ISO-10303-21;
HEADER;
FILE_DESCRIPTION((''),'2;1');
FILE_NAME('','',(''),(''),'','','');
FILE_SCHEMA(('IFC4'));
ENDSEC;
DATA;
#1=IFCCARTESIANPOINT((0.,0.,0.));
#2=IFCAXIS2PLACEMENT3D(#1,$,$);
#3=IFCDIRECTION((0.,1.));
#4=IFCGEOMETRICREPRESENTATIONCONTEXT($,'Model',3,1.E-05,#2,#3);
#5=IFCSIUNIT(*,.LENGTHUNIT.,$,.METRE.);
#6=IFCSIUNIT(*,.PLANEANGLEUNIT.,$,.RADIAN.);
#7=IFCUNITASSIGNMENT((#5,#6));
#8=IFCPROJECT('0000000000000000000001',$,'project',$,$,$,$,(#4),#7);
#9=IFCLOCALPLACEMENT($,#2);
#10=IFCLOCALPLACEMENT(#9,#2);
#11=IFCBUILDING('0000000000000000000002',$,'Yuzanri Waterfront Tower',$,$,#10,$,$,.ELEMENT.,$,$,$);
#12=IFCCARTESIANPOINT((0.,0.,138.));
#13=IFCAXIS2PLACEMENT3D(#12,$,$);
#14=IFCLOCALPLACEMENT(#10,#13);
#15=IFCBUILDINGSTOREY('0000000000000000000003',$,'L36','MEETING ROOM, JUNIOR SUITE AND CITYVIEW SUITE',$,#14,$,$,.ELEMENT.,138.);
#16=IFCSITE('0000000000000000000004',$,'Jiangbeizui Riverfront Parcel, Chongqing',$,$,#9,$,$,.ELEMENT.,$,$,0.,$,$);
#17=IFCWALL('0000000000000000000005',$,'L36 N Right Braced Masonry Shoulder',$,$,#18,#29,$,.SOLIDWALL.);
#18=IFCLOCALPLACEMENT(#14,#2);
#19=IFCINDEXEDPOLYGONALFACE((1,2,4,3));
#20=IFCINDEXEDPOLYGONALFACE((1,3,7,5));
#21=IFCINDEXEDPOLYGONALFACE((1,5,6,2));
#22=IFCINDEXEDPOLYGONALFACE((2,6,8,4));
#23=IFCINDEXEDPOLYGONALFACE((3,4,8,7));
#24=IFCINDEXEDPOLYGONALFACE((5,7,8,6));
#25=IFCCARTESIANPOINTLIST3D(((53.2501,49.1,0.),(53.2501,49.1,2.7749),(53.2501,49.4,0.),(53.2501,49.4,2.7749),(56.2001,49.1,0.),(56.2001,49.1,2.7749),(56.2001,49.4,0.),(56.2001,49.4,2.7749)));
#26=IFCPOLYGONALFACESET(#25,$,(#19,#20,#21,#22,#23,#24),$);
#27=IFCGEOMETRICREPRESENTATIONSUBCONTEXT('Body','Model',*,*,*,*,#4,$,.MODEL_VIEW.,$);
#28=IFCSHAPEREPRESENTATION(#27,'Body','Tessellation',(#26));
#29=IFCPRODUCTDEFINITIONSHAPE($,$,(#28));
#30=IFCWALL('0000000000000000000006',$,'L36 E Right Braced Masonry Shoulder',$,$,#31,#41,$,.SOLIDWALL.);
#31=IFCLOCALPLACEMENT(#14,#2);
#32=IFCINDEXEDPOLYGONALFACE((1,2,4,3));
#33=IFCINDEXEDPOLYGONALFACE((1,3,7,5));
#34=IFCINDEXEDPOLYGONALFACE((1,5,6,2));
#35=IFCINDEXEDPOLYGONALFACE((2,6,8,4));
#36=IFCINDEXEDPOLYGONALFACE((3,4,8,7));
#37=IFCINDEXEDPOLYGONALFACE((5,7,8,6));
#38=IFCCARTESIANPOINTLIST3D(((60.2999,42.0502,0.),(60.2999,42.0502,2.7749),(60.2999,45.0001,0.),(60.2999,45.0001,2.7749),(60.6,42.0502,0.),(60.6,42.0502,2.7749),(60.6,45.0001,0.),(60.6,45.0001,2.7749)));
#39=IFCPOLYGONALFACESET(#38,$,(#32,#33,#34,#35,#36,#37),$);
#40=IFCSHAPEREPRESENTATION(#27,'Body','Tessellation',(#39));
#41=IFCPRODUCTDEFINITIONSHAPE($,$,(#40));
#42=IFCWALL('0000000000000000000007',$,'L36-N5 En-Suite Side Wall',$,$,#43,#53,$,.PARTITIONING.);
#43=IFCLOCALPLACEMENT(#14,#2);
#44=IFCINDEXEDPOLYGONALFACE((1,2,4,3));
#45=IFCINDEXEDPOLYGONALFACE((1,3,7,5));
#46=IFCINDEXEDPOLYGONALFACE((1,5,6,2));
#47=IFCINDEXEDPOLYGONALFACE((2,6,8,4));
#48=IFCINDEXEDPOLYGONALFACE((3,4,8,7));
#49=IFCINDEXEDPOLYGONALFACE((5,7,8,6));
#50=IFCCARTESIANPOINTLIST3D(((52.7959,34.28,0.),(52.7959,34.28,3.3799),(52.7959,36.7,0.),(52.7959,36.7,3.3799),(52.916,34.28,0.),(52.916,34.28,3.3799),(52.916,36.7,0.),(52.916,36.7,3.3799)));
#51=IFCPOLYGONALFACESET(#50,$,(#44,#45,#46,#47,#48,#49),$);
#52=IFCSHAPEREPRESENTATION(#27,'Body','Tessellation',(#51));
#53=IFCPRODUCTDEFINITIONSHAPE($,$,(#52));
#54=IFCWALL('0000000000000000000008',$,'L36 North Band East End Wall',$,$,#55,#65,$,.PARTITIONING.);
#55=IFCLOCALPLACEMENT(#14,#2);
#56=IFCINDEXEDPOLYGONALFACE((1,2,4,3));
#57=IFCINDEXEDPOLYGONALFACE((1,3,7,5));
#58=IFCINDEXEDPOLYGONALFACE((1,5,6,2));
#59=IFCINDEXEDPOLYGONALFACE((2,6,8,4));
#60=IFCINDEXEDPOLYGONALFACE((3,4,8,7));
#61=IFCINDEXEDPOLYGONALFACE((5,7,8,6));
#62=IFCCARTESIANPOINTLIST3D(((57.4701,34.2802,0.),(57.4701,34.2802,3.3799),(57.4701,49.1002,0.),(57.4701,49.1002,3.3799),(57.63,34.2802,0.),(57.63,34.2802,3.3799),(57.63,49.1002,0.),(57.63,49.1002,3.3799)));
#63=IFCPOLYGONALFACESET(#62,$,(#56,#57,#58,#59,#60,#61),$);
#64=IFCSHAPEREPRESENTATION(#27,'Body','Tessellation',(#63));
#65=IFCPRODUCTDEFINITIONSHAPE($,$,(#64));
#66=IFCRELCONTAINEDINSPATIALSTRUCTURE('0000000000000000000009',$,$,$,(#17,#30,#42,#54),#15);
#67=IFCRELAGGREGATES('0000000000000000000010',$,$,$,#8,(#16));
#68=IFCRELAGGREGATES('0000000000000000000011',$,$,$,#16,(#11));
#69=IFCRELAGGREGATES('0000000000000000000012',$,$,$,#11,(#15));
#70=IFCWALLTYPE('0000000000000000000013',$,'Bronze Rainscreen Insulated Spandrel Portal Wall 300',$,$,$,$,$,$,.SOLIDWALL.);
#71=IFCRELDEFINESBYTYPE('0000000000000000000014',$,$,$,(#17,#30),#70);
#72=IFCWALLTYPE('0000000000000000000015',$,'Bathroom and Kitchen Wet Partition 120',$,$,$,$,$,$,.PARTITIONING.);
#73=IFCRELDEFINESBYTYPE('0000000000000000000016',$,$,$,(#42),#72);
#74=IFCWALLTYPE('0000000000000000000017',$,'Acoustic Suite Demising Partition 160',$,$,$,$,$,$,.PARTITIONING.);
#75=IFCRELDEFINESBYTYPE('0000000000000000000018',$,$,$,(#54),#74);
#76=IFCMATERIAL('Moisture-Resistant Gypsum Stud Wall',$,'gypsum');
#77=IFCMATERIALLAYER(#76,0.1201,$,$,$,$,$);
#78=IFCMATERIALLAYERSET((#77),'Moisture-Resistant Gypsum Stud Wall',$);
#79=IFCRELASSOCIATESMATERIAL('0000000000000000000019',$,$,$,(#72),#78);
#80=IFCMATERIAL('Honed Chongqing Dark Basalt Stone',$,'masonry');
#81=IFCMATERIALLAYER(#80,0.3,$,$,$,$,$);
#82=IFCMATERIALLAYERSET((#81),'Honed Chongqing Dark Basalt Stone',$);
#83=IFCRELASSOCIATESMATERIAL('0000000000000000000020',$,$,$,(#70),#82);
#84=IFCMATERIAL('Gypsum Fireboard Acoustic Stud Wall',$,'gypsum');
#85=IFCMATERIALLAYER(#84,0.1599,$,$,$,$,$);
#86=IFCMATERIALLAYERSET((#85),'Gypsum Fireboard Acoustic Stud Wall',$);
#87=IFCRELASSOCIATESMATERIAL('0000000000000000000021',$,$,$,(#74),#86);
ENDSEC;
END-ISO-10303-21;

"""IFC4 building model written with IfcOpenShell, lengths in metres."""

from ifc_helpers import new_model, si_unit, direction, frame, frame_2d, origin, place, context, subcontext, project, spatial, rectangle, extrude, source, transform, mapped, material, layer, layer_set, type_object, element, save


model = new_model("IFC4")

# Units and contexts
model_context = context("Model", 3, precision=1e-05, world=origin(), true_north=direction((0.0, 1.0)))
body_context = subcontext(model_context, "Body", "Model", "MODEL_VIEW")
ifc_project = project(units=[si_unit("LENGTHUNIT", "METRE"), si_unit("PLANEANGLEUNIT", "RADIAN")], contexts=[model_context])

# Site, building, storey
site_placement = place(None, origin())
site = spatial("IfcSite", under=ifc_project, at=site_placement, Name="Jiangbeizui Riverfront Parcel, Chongqing", CompositionType="ELEMENT", RefElevation=0.0)
building_placement = place(site_placement, origin())
building = spatial("IfcBuilding", under=site, at=building_placement, Name="Yuzanri Waterfront Tower", CompositionType="ELEMENT")
storey_placement = place(building_placement, frame((0.0, 0.0, 138.0)))
storey = spatial("IfcBuildingStorey", under=building, at=storey_placement, Name="L36", Description="MEETING ROOM, JUNIOR SUITE AND CITYVIEW SUITE", CompositionType="ELEMENT", Elevation=138.0)

# Shared definitions
ifc_material_1 = material(Name="Moisture-Resistant Gypsum Stud Wall", Category="gypsum")
ifc_layer_1 = layer(ifc_material_1, 0.1201)
ifc_layer_set_1 = layer_set([ifc_layer_1], Name="Moisture-Resistant Gypsum Stud Wall")
wall_type_1 = type_object("IfcWallType", Name="Bathroom and Kitchen Wet Partition 120", PredefinedType="PARTITIONING", material=ifc_layer_set_1)

# Shared definitions
ifc_material_2 = material(Name="Honed Chongqing Dark Basalt Stone", Category="masonry")
ifc_layer_2 = layer(ifc_material_2, 0.3)
ifc_layer_set_2 = layer_set([ifc_layer_2], Name="Honed Chongqing Dark Basalt Stone")
wall_type_2 = type_object("IfcWallType", Name="Bronze Rainscreen Insulated Spandrel Portal Wall 300", PredefinedType="SOLIDWALL", material=ifc_layer_set_2)

# Walls
shared_shape_1 = source(origin(), body_context, "Body", "SweptSolid", [
    extrude(rectangle(XDim=2.95, YDim=0.3, at=frame_2d((1.4751, 0.0))), origin(), (0.0, 0.0, 1.0), 2.7749),
])
for number, where, z_axis, x_axis, name in (
    (1, (53.25, 49.25, 0.0), (0.0, 0.0, 1.0), (1.0, 0.0, 0.0), "L36 N Right Braced Masonry Shoulder"),
    (2, (60.45, 42.05, 0.0), (0.0, 0.0, 1.0), (0.0, 1.0, 0.0), "L36 E Right Braced Masonry Shoulder"),
):
    element("IfcWall", number, at=place(storey_placement, frame(where, z_axis=z_axis, x_axis=x_axis)), inside=storey, type_object=wall_type_2, Name=name, PredefinedType="SOLIDWALL", context=body_context, shape_type="MappedRepresentation", body=[
        mapped(shared_shape_1, transform((0.0, 0.0, 0.0), scale=1.0)),
    ])
shared_shape_2 = source(origin(), body_context, "Body", "SweptSolid", [
    extrude(rectangle(XDim=2.4199, YDim=0.1201, at=frame_2d((1.21, 0.0))), origin(), (0.0, 0.0, 1.0), 3.3799),
])
wall_1_placement = place(storey_placement, frame((52.856, 34.28, 0.0), z_axis=(0.0, 0.0, 1.0), x_axis=(0.0, 1.0, 0.0)))
element("IfcWall", 3, at=wall_1_placement, inside=storey, type_object=wall_type_1, Name="L36-N5 En-Suite Side Wall", PredefinedType="PARTITIONING", context=body_context, shape_type="MappedRepresentation", body=[
    mapped(shared_shape_2, transform((0.0, 0.0, 0.0), scale=1.0)),
])
ifc_material_3 = material(Name="Gypsum Fireboard Acoustic Stud Wall", Category="gypsum")
ifc_layer_3 = layer(ifc_material_3, 0.1599)
ifc_layer_set_3 = layer_set([ifc_layer_3], Name="Gypsum Fireboard Acoustic Stud Wall")
wall_type_3 = type_object("IfcWallType", Name="Acoustic Suite Demising Partition 160", PredefinedType="PARTITIONING", material=ifc_layer_set_3)
shared_shape_3 = source(origin(), body_context, "Body", "SweptSolid", [
    extrude(rectangle(XDim=14.8201, YDim=0.1599, at=frame_2d((7.4102, 0.0))), origin(), (0.0, 0.0, 1.0), 3.3799),
])
wall_2_placement = place(storey_placement, frame((57.55, 34.28, 0.0), z_axis=(0.0, 0.0, 1.0), x_axis=(0.0, 1.0, 0.0)))
element("IfcWall", 4, at=wall_2_placement, inside=storey, type_object=wall_type_3, Name="L36 North Band East End Wall", PredefinedType="PARTITIONING", context=body_context, shape_type="MappedRepresentation", body=[
    mapped(shared_shape_3, transform((0.0, 0.0, 0.0), scale=1.0)),
])

save(model, "model.ifc")
